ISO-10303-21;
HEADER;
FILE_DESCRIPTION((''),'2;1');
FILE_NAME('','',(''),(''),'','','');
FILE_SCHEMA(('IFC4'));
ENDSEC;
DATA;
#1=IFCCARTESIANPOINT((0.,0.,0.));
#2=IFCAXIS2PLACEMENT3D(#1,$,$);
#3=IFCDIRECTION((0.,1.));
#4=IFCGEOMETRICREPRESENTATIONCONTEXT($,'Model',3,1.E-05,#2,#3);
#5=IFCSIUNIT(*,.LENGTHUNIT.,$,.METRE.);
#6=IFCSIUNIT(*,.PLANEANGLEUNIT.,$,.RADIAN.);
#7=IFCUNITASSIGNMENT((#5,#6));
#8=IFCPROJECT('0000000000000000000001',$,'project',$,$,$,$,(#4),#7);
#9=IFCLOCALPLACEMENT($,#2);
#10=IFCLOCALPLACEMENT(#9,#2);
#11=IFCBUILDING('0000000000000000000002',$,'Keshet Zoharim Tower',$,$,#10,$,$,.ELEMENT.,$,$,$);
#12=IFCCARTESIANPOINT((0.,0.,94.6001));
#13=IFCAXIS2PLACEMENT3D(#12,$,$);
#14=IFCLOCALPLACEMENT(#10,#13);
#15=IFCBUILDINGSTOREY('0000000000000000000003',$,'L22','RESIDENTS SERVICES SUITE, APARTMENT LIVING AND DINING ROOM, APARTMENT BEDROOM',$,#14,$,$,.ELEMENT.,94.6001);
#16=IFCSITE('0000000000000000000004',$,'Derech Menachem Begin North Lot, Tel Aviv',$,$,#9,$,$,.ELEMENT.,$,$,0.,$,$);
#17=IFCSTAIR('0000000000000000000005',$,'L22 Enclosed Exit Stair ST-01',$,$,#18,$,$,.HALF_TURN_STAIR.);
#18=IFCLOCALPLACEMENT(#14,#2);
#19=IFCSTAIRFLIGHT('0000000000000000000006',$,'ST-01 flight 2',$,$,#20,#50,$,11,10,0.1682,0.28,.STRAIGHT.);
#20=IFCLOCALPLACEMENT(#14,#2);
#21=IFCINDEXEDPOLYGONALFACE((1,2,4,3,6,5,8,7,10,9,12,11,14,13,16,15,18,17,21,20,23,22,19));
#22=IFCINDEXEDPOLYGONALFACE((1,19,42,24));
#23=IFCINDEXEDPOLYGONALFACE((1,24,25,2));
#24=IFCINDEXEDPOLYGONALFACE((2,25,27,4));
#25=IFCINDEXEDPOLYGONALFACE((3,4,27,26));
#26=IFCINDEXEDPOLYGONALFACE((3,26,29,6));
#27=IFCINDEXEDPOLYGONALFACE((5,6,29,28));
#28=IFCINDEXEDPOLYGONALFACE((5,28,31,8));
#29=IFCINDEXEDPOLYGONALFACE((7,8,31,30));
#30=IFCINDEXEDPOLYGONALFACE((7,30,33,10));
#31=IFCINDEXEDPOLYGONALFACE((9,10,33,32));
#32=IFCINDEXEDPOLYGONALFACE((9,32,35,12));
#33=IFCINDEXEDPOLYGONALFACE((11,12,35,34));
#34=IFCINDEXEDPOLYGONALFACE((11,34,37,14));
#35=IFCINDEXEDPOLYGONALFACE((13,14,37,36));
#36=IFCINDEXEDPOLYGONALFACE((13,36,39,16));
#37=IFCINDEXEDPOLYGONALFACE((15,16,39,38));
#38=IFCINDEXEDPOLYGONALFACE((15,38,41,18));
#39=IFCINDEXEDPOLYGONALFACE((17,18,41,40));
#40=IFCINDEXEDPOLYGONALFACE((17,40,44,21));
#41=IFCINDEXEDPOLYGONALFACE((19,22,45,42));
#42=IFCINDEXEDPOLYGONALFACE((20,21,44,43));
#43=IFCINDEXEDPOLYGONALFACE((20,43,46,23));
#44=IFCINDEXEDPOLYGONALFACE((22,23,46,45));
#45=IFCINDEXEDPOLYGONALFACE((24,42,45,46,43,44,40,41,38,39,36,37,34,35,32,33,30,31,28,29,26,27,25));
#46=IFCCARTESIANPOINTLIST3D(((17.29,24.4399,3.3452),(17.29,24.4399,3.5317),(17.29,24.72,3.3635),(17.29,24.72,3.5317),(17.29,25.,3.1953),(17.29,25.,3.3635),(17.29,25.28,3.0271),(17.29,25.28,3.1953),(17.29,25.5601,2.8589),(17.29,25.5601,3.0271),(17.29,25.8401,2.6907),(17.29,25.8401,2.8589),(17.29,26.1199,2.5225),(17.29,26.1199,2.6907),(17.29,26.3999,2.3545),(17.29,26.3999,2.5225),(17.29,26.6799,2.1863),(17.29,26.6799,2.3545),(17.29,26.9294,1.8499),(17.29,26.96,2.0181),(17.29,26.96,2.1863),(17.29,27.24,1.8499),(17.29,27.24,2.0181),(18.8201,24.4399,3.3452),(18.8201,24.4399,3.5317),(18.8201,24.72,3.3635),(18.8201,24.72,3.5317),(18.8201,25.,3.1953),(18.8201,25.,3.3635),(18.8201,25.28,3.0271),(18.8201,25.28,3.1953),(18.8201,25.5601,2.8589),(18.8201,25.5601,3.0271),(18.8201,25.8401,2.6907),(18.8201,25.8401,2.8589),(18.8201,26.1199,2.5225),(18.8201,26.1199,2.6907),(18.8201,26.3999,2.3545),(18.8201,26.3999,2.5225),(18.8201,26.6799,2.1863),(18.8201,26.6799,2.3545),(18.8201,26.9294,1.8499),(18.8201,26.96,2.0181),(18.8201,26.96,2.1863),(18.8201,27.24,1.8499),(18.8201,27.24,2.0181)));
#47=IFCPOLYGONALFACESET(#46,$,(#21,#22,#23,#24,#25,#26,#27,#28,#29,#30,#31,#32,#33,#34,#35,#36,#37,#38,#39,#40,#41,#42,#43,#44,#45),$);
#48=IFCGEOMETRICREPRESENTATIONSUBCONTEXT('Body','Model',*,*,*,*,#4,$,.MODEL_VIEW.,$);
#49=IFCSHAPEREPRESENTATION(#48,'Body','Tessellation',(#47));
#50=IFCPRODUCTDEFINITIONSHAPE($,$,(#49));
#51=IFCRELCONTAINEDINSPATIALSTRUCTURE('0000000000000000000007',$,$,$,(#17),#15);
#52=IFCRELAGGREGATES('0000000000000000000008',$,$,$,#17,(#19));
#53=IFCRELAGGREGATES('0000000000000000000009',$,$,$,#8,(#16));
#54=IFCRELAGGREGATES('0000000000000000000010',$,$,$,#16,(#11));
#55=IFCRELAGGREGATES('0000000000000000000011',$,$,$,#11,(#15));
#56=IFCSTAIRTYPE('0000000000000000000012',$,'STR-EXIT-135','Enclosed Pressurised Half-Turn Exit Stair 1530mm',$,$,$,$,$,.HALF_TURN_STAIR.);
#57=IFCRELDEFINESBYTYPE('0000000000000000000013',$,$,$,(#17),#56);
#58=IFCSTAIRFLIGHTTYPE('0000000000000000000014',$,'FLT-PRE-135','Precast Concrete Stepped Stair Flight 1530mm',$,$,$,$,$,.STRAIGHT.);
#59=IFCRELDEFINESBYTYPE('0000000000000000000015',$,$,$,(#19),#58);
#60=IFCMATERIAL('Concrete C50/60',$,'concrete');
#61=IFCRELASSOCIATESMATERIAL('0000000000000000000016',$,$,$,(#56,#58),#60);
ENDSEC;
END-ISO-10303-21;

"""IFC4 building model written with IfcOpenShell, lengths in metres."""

from ifc_helpers import new_model, si_unit, direction, frame, origin, place, context, subcontext, project, spatial, polyline, outline, extrude, material, type_object, element, aggregate, save


model = new_model("IFC4")

# Units and contexts
model_context = context("Model", 3, precision=1e-05, world=origin(), true_north=direction((0.0, 1.0)))
body_context = subcontext(model_context, "Body", "Model", "MODEL_VIEW")
ifc_project = project(units=[si_unit("LENGTHUNIT", "METRE"), si_unit("PLANEANGLEUNIT", "RADIAN")], contexts=[model_context])

# Site, building, storey
site_placement = place(None, origin())
site = spatial("IfcSite", under=ifc_project, at=site_placement, Name="Derech Menachem Begin North Lot, Tel Aviv", CompositionType="ELEMENT", RefElevation=0.0)
building_placement = place(site_placement, origin())
building = spatial("IfcBuilding", under=site, at=building_placement, Name="Keshet Zoharim Tower", CompositionType="ELEMENT")
storey_placement = place(building_placement, frame((0.0, 0.0, 94.6001)))
storey = spatial("IfcBuildingStorey", under=building, at=storey_placement, Name="L22", Description="RESIDENTS SERVICES SUITE, APARTMENT LIVING AND DINING ROOM, APARTMENT BEDROOM", CompositionType="ELEMENT", Elevation=94.6001)

# Shared definitions
ifc_material_1 = material(Name="Concrete C50/60", Category="concrete")

# Stair, stair flight
stair_type = type_object("IfcStairType", Name="STR-EXIT-135", Description="Enclosed Pressurised Half-Turn Exit Stair 1530mm", PredefinedType="HALF_TURN_STAIR", material=ifc_material_1)
stair_placement = place(storey_placement, origin())
stair = element("IfcStair", 1, at=stair_placement, inside=storey, type_object=stair_type, Name="L22 Enclosed Exit Stair ST-01", PredefinedType="HALF_TURN_STAIR")
stair_flight_type = type_object("IfcStairFlightType", Name="FLT-PRE-135", Description="Precast Concrete Stepped Stair Flight 1530mm", PredefinedType="STRAIGHT", material=ifc_material_1)
stair_flight_placement = place(storey_placement, frame((18.0549, 27.24, 1.8499), z_axis=(0.0, 0.0, 1.0), x_axis=(0.0, -1.0, 0.0)))
stair_flight = element("IfcStairFlight", 2, at=stair_flight_placement, type_object=stair_flight_type, Name="ST-01 flight 2", NumberOfRisers=11, NumberOfTreads=10, PredefinedType="STRAIGHT", RiserHeight=0.1682, TreadLength=0.28, context=body_context, shape_type="SweptSolid", body=[
    extrude(outline(polyline([(0.0, 0.0), (0.0, 0.1682), (0.28, 0.1682), (0.28, 0.3364), (0.5601, 0.3364), (0.5601, 0.5046), (0.8401, 0.5046), (0.8401, 0.6726), (1.1201, 0.6726), (1.1201, 0.8408), (1.3999, 0.8408), (1.3999, 1.009), (1.6799, 1.009), (1.6799, 1.1772), (1.96, 1.1772), (1.96, 1.3455), (2.24, 1.3455), (2.24, 1.5137), (2.52, 1.5137), (2.52, 1.6819), (2.8, 1.6819), (2.8, 1.8501), (2.8, 1.4954), (0.3105, 0.0), (0.0, 0.0)])), frame((0.0, 0.7651, 0.0), z_axis=(0.0, -1.0, 0.0), x_axis=(1.0, 0.0, 0.0)), (0.0, 0.0, 1.0), 1.53),
])
aggregate(stair, [stair_flight])

save(model, "model.ifc")
